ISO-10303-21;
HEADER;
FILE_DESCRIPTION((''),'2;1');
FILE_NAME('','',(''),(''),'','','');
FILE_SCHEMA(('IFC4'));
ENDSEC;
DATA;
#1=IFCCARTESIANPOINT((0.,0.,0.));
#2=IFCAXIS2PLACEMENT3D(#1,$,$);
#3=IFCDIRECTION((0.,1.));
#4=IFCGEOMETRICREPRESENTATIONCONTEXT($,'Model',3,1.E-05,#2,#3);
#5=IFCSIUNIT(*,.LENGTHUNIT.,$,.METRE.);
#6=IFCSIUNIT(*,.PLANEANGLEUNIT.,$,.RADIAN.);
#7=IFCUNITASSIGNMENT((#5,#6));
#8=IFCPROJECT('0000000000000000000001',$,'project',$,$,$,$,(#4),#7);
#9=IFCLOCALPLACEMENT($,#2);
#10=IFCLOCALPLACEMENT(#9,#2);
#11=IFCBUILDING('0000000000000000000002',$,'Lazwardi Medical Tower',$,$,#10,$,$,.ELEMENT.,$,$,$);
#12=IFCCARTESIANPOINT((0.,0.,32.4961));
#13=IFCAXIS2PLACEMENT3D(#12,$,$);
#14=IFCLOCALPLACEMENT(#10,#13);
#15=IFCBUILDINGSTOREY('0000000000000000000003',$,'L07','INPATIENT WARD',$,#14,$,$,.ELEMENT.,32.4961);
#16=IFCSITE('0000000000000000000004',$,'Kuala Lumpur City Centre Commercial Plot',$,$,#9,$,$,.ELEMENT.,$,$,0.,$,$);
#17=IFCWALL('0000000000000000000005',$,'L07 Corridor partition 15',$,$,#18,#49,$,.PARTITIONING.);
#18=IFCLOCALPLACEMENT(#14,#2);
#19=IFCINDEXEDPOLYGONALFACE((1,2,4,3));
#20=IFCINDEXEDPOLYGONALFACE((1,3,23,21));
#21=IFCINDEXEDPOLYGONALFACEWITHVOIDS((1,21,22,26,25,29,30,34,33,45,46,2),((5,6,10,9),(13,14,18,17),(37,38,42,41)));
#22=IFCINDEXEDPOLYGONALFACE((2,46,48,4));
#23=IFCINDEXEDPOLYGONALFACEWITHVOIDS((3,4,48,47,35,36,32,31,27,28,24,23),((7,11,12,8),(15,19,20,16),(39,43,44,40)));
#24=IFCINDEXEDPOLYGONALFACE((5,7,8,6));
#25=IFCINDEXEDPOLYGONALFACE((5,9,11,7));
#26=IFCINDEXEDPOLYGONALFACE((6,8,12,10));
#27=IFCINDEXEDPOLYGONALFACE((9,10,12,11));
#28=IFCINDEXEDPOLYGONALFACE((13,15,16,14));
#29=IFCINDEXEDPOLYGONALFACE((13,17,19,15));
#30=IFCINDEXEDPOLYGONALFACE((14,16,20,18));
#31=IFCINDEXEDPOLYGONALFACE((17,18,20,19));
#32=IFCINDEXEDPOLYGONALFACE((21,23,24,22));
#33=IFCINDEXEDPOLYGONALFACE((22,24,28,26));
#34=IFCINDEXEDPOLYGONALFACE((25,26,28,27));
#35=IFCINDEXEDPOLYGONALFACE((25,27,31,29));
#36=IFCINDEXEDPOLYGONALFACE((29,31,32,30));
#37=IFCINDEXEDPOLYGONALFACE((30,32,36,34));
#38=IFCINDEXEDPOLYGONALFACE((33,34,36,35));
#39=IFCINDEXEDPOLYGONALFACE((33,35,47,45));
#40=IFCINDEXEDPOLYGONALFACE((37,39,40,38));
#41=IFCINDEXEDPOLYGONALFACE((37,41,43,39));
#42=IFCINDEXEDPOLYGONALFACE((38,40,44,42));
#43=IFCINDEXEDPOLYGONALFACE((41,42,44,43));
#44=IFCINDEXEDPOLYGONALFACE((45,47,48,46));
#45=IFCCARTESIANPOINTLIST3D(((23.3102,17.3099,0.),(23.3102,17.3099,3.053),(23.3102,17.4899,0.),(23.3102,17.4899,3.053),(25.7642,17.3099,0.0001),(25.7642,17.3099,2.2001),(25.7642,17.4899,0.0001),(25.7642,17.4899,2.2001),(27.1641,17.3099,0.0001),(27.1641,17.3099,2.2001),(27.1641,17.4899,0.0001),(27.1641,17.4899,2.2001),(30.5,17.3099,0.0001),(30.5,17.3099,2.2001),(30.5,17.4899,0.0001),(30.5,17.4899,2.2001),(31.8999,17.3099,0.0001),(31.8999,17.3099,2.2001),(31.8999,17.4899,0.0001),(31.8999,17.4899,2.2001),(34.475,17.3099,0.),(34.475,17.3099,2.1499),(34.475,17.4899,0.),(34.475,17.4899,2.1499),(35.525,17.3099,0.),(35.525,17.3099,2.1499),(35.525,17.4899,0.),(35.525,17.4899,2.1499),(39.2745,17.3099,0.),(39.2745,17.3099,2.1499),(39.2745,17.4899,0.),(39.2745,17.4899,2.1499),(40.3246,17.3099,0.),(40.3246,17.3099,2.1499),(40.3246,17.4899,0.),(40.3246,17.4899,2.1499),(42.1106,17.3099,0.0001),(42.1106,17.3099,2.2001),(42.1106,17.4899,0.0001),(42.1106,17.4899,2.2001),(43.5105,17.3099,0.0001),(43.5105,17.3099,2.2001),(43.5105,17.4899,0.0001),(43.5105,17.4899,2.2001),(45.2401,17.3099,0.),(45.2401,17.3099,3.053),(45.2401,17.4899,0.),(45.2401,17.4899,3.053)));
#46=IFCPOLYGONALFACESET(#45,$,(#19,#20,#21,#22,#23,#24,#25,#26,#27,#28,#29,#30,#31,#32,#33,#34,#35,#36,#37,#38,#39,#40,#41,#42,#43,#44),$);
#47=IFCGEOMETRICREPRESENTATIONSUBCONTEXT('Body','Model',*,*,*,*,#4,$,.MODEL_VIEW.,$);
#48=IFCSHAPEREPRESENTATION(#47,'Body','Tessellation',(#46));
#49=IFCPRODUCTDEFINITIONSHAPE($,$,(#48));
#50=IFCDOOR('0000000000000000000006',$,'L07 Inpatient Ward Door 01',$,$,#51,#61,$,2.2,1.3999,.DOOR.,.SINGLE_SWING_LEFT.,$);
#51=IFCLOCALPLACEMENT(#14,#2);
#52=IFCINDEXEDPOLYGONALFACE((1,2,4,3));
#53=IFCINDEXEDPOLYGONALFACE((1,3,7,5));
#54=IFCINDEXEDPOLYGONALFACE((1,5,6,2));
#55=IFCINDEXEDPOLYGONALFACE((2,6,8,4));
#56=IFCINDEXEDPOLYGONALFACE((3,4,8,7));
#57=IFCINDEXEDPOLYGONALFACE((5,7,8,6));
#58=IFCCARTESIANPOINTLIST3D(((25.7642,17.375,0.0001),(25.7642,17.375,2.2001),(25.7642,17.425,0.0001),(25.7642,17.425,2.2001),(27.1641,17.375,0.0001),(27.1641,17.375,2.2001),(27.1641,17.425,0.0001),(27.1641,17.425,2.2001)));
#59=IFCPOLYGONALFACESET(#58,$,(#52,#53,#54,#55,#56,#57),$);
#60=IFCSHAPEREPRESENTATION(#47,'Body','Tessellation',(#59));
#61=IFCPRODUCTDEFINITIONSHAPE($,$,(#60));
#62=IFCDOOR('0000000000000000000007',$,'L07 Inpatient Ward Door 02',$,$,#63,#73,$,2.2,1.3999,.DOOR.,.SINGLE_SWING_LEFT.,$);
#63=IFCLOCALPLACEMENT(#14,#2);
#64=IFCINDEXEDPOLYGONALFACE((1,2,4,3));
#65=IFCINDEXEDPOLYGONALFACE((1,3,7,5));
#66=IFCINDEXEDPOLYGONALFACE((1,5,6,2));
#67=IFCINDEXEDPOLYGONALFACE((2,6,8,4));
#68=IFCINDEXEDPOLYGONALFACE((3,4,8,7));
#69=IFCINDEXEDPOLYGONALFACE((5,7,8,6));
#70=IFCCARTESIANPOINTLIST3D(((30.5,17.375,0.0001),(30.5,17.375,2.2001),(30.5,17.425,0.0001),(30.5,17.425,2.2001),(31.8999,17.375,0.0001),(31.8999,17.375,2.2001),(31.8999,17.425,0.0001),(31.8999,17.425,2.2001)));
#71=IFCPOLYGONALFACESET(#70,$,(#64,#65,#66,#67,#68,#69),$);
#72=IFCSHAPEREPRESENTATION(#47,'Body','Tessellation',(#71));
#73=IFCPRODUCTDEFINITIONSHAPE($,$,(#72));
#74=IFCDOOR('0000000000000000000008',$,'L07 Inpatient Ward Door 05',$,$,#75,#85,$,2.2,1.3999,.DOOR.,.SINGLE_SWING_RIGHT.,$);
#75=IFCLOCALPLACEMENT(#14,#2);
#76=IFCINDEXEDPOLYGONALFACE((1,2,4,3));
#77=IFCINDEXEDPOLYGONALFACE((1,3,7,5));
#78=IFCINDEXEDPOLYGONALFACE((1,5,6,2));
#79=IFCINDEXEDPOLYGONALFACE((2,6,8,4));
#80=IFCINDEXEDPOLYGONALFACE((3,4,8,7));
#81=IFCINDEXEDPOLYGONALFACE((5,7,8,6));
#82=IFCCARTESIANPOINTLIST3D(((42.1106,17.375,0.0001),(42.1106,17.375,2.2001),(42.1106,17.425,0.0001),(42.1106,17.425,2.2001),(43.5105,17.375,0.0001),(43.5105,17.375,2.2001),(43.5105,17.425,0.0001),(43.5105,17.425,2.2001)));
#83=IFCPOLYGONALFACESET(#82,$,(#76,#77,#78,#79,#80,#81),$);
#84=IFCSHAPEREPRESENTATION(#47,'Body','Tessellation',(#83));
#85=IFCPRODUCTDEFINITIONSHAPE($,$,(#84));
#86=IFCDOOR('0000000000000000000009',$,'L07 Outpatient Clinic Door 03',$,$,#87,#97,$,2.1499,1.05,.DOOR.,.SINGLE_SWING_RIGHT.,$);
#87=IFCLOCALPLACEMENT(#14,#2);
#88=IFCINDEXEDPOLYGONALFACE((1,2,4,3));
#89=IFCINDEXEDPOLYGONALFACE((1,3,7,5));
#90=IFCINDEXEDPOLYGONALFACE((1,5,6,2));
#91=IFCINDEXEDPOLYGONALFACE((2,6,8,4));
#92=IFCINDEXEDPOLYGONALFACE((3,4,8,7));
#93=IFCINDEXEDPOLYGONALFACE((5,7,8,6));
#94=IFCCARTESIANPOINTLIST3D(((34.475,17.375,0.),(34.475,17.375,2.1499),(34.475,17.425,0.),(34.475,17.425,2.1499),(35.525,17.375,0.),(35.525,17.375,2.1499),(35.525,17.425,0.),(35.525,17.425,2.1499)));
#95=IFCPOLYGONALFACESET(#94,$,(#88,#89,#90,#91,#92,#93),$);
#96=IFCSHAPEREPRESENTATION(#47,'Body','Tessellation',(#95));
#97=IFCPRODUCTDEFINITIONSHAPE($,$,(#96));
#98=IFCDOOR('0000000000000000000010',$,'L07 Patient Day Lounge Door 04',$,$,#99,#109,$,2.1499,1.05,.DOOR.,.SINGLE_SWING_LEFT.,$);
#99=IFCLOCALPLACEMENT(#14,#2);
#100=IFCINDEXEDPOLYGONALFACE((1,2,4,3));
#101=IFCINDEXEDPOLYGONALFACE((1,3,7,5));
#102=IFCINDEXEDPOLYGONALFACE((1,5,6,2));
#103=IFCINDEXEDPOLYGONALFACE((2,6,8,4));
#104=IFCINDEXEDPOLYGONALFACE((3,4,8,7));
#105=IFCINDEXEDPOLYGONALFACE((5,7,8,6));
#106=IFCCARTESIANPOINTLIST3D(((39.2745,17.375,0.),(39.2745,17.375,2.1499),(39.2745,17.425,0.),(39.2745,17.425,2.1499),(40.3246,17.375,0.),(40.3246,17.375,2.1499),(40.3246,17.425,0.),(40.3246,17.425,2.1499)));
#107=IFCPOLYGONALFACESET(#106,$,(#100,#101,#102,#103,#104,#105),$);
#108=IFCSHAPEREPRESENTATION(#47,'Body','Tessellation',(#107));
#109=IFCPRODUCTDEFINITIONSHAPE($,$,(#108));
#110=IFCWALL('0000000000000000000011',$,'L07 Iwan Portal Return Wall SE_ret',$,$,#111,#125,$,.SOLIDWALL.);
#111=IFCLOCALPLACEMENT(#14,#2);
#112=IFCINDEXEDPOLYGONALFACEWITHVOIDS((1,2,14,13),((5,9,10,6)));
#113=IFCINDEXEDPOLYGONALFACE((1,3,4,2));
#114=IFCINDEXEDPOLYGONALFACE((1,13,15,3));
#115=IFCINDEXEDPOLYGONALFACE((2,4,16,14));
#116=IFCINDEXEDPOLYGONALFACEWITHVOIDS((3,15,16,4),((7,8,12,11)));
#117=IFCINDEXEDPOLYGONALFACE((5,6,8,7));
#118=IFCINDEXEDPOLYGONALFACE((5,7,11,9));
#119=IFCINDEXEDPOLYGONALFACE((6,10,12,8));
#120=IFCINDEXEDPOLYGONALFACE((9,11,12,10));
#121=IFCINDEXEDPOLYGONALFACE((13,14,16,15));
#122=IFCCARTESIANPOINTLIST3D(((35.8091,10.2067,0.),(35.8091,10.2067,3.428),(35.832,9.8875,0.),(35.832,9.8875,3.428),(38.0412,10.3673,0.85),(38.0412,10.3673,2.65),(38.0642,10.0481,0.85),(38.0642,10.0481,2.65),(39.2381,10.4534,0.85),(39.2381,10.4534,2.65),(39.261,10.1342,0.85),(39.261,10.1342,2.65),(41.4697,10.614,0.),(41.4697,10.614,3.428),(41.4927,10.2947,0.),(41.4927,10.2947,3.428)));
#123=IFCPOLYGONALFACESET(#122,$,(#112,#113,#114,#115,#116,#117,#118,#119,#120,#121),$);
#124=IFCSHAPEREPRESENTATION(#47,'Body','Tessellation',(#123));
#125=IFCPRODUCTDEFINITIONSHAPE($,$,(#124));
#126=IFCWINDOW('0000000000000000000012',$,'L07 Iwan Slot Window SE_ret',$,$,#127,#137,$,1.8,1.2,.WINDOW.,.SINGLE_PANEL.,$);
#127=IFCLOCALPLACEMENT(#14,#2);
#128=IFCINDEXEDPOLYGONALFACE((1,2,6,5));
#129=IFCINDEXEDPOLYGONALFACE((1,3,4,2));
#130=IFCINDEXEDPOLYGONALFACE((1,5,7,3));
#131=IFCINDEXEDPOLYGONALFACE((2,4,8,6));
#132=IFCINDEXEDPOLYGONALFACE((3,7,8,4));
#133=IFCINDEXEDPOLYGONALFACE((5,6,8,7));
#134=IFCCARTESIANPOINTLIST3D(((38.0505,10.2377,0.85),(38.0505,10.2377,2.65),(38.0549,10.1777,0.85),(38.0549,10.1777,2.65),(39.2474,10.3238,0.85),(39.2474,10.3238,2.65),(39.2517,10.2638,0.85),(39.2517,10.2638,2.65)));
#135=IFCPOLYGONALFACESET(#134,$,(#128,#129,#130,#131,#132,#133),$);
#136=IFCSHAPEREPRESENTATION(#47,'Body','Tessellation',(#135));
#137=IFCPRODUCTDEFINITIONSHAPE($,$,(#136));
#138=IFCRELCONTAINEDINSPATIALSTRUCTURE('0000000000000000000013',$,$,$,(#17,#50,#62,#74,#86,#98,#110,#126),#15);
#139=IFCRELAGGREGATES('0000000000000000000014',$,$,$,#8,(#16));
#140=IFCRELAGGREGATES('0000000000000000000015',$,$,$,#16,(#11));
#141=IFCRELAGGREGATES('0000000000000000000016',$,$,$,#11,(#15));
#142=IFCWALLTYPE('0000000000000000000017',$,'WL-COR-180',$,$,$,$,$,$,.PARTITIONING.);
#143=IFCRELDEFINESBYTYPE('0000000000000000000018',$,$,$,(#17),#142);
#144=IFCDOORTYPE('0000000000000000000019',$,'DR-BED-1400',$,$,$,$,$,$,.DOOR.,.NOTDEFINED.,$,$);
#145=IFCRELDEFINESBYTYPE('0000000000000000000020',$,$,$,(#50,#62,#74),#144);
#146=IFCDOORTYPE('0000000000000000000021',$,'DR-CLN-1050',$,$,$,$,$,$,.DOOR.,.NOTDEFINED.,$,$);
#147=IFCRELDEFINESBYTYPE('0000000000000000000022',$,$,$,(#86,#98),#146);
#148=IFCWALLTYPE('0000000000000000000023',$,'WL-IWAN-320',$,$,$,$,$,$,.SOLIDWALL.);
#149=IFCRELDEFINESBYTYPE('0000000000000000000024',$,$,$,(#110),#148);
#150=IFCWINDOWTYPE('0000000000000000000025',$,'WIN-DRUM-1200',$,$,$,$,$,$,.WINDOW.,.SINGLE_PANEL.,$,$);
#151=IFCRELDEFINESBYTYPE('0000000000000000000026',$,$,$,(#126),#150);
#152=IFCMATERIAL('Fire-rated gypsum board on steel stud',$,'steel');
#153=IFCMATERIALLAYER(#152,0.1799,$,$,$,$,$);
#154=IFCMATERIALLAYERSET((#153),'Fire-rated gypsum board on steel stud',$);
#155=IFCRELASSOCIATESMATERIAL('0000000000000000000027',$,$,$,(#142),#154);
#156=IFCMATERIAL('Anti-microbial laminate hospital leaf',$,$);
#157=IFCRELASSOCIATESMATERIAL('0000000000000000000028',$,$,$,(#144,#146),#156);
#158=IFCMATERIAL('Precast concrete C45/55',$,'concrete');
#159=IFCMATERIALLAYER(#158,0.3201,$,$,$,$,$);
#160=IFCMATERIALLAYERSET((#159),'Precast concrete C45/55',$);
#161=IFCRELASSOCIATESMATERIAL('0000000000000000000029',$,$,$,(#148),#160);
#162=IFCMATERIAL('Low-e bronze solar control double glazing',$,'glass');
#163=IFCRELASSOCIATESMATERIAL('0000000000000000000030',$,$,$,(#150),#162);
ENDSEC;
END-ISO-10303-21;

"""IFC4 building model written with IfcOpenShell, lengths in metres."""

from ifc_helpers import new_model, si_unit, direction, frame, frame_2d, origin, place, context, subcontext, project, spatial, rectangle, extrude, material, layer, layer_set, type_object, element, fill, save


model = new_model("IFC4")

# Units and contexts
model_context = context("Model", 3, precision=1e-05, world=origin(), true_north=direction((0.0, 1.0)))
body_context = subcontext(model_context, "Body", "Model", "MODEL_VIEW")
ifc_project = project(units=[si_unit("LENGTHUNIT", "METRE"), si_unit("PLANEANGLEUNIT", "RADIAN")], contexts=[model_context])

# Site, building, storey
site_placement = place(None, origin())
site = spatial("IfcSite", under=ifc_project, at=site_placement, Name="Kuala Lumpur City Centre Commercial Plot", CompositionType="ELEMENT", RefElevation=0.0)
building_placement = place(site_placement, origin())
building = spatial("IfcBuilding", under=site, at=building_placement, Name="Lazwardi Medical Tower", CompositionType="ELEMENT")
storey_placement = place(building_placement, frame((0.0, 0.0, 32.4961)))
storey = spatial("IfcBuildingStorey", under=building, at=storey_placement, Name="L07", Description="INPATIENT WARD", CompositionType="ELEMENT", Elevation=32.4961)

# Shared definitions
ifc_material_1 = material(Name="Low-e bronze solar control double glazing", Category="glass")

# Wall, openings, doors
ifc_material_2 = material(Name="Fire-rated gypsum board on steel stud", Category="steel")
ifc_layer_1 = layer(ifc_material_2, 0.1799)
ifc_layer_set_1 = layer_set([ifc_layer_1], Name="Fire-rated gypsum board on steel stud")
wall_type_1 = type_object("IfcWallType", Name="WL-COR-180", PredefinedType="PARTITIONING", material=ifc_layer_set_1)
wall_1_placement = place(storey_placement, frame((45.24, 17.3999, 0.0), z_axis=(0.0, 0.0, 1.0), x_axis=(-1.0, 0.0, 0.0)))
wall_1 = element("IfcWall", 1, at=wall_1_placement, inside=storey, type_object=wall_type_1, Name="L07 Corridor partition 15", PredefinedType="PARTITIONING", context=body_context, shape_type="SweptSolid", body=[
    extrude(rectangle(XDim=21.9299, YDim=0.1799, at=frame_2d((10.9648, 0.0))), origin(), (0.0, 0.0, 1.0), 3.053),
])
opening_1_placement = place(wall_1_placement, frame((18.0759, 0.0, 0.0)))
opening_1 = element("IfcOpeningElement", 2, at=opening_1_placement, cuts=wall_1, PredefinedType="OPENING", context=body_context, shape_type="SweptSolid", body=[
    extrude(rectangle(XDim=1.3999, YDim=2.2, at=frame_2d((0.7, 1.1001))), frame((0.0, 0.0999, 0.0), z_axis=(0.0, -1.0, 0.0), x_axis=(1.0, 0.0, 0.0)), (0.0, 0.0, 1.0), 0.2),
])
opening_2_placement = place(wall_1_placement, frame((13.3401, 0.0, 0.0)))
opening_2 = element("IfcOpeningElement", 3, at=opening_2_placement, cuts=wall_1, PredefinedType="OPENING", context=body_context, shape_type="SweptSolid", body=[
    extrude(rectangle(XDim=1.3999, YDim=2.2, at=frame_2d((0.7, 1.1001))), frame((0.0, 0.0999, 0.0), z_axis=(0.0, -1.0, 0.0), x_axis=(1.0, 0.0, 0.0)), (0.0, 0.0, 1.0), 0.2),
])
opening_3_placement = place(wall_1_placement, frame((9.7151, 0.0, 0.0)))
opening_3 = element("IfcOpeningElement", 4, at=opening_3_placement, cuts=wall_1, PredefinedType="OPENING", context=body_context, shape_type="SweptSolid", body=[
    extrude(rectangle(XDim=1.05, YDim=2.1499, at=frame_2d((0.5249, 1.075))), frame((0.0, 0.0999, 0.0), z_axis=(0.0, -1.0, 0.0), x_axis=(1.0, 0.0, 0.0)), (0.0, 0.0, 1.0), 0.2),
])
opening_4_placement = place(wall_1_placement, frame((4.9155, 0.0, 0.0)))
opening_4 = element("IfcOpeningElement", 5, at=opening_4_placement, cuts=wall_1, PredefinedType="OPENING", context=body_context, shape_type="SweptSolid", body=[
    extrude(rectangle(XDim=1.05, YDim=2.1499, at=frame_2d((0.5249, 1.075))), frame((0.0, 0.0999, 0.0), z_axis=(0.0, -1.0, 0.0), x_axis=(1.0, 0.0, 0.0)), (0.0, 0.0, 1.0), 0.2),
])
opening_5_placement = place(wall_1_placement, frame((1.7295, 0.0, 0.0)))
opening_5 = element("IfcOpeningElement", 6, at=opening_5_placement, cuts=wall_1, PredefinedType="OPENING", context=body_context, shape_type="SweptSolid", body=[
    extrude(rectangle(XDim=1.3999, YDim=2.2, at=frame_2d((0.7, 1.1001))), frame((0.0, 0.0999, 0.0), z_axis=(0.0, -1.0, 0.0), x_axis=(1.0, 0.0, 0.0)), (0.0, 0.0, 1.0), 0.2),
])
ifc_material_3 = material(Name="Anti-microbial laminate hospital leaf")
door_type_1 = type_object("IfcDoorType", Name="DR-BED-1400", OperationType="NOTDEFINED", PredefinedType="DOOR", material=ifc_material_3)
door_1_placement = place(opening_1_placement, origin())
door_1 = element("IfcDoor", 7, at=door_1_placement, inside=storey, type_object=door_type_1, Name="L07 Inpatient Ward Door 01", OperationType="SINGLE_SWING_LEFT", OverallHeight=2.2, OverallWidth=1.3999, PredefinedType="DOOR", context=body_context, shape_type="SweptSolid", body=[
    extrude(rectangle(XDim=1.3999, YDim=2.2, at=frame_2d((0.7, 1.1001))), frame((0.0, 0.0249, 0.0), z_axis=(0.0, -1.0, 0.0), x_axis=(1.0, 0.0, 0.0)), (0.0, 0.0, 1.0), 0.05),
])
fill(opening_1, door_1)
door_2_placement = place(opening_2_placement, origin())
door_2 = element("IfcDoor", 8, at=door_2_placement, inside=storey, type_object=door_type_1, Name="L07 Inpatient Ward Door 02", OperationType="SINGLE_SWING_LEFT", OverallHeight=2.2, OverallWidth=1.3999, PredefinedType="DOOR", context=body_context, shape_type="SweptSolid", body=[
    extrude(rectangle(XDim=1.3999, YDim=2.2, at=frame_2d((0.7, 1.1001))), frame((0.0, 0.0249, 0.0), z_axis=(0.0, -1.0, 0.0), x_axis=(1.0, 0.0, 0.0)), (0.0, 0.0, 1.0), 0.05),
])
fill(opening_2, door_2)
door_3_placement = place(opening_5_placement, origin())
door_3 = element("IfcDoor", 9, at=door_3_placement, inside=storey, type_object=door_type_1, Name="L07 Inpatient Ward Door 05", OperationType="SINGLE_SWING_RIGHT", OverallHeight=2.2, OverallWidth=1.3999, PredefinedType="DOOR", context=body_context, shape_type="SweptSolid", body=[
    extrude(rectangle(XDim=1.3999, YDim=2.2, at=frame_2d((0.7, 1.1001))), frame((0.0, 0.0249, 0.0), z_axis=(0.0, -1.0, 0.0), x_axis=(1.0, 0.0, 0.0)), (0.0, 0.0, 1.0), 0.05),
])
fill(opening_5, door_3)
door_type_2 = type_object("IfcDoorType", Name="DR-CLN-1050", OperationType="NOTDEFINED", PredefinedType="DOOR", material=ifc_material_3)
door_4_placement = place(opening_3_placement, origin())
door_4 = element("IfcDoor", 10, at=door_4_placement, inside=storey, type_object=door_type_2, Name="L07 Outpatient Clinic Door 03", OperationType="SINGLE_SWING_RIGHT", OverallHeight=2.1499, OverallWidth=1.05, PredefinedType="DOOR", context=body_context, shape_type="SweptSolid", body=[
    extrude(rectangle(XDim=1.05, YDim=2.1499, at=frame_2d((0.5249, 1.075))), frame((0.0, 0.0249, 0.0), z_axis=(0.0, -1.0, 0.0), x_axis=(1.0, 0.0, 0.0)), (0.0, 0.0, 1.0), 0.05),
])
fill(opening_3, door_4)
door_5_placement = place(opening_4_placement, origin())
door_5 = element("IfcDoor", 11, at=door_5_placement, inside=storey, type_object=door_type_2, Name="L07 Patient Day Lounge Door 04", OperationType="SINGLE_SWING_LEFT", OverallHeight=2.1499, OverallWidth=1.05, PredefinedType="DOOR", context=body_context, shape_type="SweptSolid", body=[
    extrude(rectangle(XDim=1.05, YDim=2.1499, at=frame_2d((0.5249, 1.075))), frame((0.0, 0.0249, 0.0), z_axis=(0.0, -1.0, 0.0), x_axis=(1.0, 0.0, 0.0)), (0.0, 0.0, 1.0), 0.05),
])
fill(opening_4, door_5)

# Wall, opening, window
ifc_material_4 = material(Name="Precast concrete C45/55", Category="concrete")
ifc_layer_2 = layer(ifc_material_4, 0.3201)
ifc_layer_set_2 = layer_set([ifc_layer_2], Name="Precast concrete C45/55")
wall_type_2 = type_object("IfcWallType", Name="WL-IWAN-320", PredefinedType="SOLIDWALL", material=ifc_layer_set_2)
wall_2_placement = place(storey_placement, frame((35.8206, 10.0471, 0.0), z_axis=(0.0, 0.0, 1.0), x_axis=(0.997422, 0.071755, 0.0)))
wall_2 = element("IfcWall", 12, at=wall_2_placement, inside=storey, type_object=wall_type_2, Name="L07 Iwan Portal Return Wall SE_ret", PredefinedType="SOLIDWALL", context=body_context, shape_type="SweptSolid", body=[
    extrude(rectangle(XDim=5.6753, YDim=0.3201, at=frame_2d((2.8376, 0.0))), origin(), (0.0, 0.0, 1.0), 3.428),
])
opening_6_placement = place(wall_2_placement, frame((2.2378, 0.0, 0.8501)))
opening_6 = element("IfcOpeningElement", 13, at=opening_6_placement, cuts=wall_2, PredefinedType="OPENING", context=body_context, shape_type="SweptSolid", body=[
    extrude(rectangle(XDim=1.2, YDim=1.8, at=frame_2d((0.6001, 0.8999))), frame((0.0, 0.1699, 0.0), z_axis=(0.0, -1.0, 0.0), x_axis=(1.0, 0.0, 0.0)), (0.0, 0.0, 1.0), 0.3401),
])
window_type_1 = type_object("IfcWindowType", Name="WIN-DRUM-1200", PartitioningType="SINGLE_PANEL", PredefinedType="WINDOW", material=ifc_material_1)
window_1_placement = place(opening_6_placement, origin())
window_1 = element("IfcWindow", 14, at=window_1_placement, inside=storey, type_object=window_type_1, Name="L07 Iwan Slot Window SE_ret", OverallHeight=1.8, OverallWidth=1.2, PartitioningType="SINGLE_PANEL", PredefinedType="WINDOW", context=body_context, shape_type="SweptSolid", body=[
    extrude(rectangle(XDim=1.2, YDim=1.8, at=frame_2d((0.6001, 0.8999))), frame((0.0, 0.03, 0.0), z_axis=(0.0, -1.0, 0.0), x_axis=(1.0, 0.0, 0.0)), (0.0, 0.0, 1.0), 0.0601),
])
fill(opening_6, window_1)

save(model, "model.ifc")
